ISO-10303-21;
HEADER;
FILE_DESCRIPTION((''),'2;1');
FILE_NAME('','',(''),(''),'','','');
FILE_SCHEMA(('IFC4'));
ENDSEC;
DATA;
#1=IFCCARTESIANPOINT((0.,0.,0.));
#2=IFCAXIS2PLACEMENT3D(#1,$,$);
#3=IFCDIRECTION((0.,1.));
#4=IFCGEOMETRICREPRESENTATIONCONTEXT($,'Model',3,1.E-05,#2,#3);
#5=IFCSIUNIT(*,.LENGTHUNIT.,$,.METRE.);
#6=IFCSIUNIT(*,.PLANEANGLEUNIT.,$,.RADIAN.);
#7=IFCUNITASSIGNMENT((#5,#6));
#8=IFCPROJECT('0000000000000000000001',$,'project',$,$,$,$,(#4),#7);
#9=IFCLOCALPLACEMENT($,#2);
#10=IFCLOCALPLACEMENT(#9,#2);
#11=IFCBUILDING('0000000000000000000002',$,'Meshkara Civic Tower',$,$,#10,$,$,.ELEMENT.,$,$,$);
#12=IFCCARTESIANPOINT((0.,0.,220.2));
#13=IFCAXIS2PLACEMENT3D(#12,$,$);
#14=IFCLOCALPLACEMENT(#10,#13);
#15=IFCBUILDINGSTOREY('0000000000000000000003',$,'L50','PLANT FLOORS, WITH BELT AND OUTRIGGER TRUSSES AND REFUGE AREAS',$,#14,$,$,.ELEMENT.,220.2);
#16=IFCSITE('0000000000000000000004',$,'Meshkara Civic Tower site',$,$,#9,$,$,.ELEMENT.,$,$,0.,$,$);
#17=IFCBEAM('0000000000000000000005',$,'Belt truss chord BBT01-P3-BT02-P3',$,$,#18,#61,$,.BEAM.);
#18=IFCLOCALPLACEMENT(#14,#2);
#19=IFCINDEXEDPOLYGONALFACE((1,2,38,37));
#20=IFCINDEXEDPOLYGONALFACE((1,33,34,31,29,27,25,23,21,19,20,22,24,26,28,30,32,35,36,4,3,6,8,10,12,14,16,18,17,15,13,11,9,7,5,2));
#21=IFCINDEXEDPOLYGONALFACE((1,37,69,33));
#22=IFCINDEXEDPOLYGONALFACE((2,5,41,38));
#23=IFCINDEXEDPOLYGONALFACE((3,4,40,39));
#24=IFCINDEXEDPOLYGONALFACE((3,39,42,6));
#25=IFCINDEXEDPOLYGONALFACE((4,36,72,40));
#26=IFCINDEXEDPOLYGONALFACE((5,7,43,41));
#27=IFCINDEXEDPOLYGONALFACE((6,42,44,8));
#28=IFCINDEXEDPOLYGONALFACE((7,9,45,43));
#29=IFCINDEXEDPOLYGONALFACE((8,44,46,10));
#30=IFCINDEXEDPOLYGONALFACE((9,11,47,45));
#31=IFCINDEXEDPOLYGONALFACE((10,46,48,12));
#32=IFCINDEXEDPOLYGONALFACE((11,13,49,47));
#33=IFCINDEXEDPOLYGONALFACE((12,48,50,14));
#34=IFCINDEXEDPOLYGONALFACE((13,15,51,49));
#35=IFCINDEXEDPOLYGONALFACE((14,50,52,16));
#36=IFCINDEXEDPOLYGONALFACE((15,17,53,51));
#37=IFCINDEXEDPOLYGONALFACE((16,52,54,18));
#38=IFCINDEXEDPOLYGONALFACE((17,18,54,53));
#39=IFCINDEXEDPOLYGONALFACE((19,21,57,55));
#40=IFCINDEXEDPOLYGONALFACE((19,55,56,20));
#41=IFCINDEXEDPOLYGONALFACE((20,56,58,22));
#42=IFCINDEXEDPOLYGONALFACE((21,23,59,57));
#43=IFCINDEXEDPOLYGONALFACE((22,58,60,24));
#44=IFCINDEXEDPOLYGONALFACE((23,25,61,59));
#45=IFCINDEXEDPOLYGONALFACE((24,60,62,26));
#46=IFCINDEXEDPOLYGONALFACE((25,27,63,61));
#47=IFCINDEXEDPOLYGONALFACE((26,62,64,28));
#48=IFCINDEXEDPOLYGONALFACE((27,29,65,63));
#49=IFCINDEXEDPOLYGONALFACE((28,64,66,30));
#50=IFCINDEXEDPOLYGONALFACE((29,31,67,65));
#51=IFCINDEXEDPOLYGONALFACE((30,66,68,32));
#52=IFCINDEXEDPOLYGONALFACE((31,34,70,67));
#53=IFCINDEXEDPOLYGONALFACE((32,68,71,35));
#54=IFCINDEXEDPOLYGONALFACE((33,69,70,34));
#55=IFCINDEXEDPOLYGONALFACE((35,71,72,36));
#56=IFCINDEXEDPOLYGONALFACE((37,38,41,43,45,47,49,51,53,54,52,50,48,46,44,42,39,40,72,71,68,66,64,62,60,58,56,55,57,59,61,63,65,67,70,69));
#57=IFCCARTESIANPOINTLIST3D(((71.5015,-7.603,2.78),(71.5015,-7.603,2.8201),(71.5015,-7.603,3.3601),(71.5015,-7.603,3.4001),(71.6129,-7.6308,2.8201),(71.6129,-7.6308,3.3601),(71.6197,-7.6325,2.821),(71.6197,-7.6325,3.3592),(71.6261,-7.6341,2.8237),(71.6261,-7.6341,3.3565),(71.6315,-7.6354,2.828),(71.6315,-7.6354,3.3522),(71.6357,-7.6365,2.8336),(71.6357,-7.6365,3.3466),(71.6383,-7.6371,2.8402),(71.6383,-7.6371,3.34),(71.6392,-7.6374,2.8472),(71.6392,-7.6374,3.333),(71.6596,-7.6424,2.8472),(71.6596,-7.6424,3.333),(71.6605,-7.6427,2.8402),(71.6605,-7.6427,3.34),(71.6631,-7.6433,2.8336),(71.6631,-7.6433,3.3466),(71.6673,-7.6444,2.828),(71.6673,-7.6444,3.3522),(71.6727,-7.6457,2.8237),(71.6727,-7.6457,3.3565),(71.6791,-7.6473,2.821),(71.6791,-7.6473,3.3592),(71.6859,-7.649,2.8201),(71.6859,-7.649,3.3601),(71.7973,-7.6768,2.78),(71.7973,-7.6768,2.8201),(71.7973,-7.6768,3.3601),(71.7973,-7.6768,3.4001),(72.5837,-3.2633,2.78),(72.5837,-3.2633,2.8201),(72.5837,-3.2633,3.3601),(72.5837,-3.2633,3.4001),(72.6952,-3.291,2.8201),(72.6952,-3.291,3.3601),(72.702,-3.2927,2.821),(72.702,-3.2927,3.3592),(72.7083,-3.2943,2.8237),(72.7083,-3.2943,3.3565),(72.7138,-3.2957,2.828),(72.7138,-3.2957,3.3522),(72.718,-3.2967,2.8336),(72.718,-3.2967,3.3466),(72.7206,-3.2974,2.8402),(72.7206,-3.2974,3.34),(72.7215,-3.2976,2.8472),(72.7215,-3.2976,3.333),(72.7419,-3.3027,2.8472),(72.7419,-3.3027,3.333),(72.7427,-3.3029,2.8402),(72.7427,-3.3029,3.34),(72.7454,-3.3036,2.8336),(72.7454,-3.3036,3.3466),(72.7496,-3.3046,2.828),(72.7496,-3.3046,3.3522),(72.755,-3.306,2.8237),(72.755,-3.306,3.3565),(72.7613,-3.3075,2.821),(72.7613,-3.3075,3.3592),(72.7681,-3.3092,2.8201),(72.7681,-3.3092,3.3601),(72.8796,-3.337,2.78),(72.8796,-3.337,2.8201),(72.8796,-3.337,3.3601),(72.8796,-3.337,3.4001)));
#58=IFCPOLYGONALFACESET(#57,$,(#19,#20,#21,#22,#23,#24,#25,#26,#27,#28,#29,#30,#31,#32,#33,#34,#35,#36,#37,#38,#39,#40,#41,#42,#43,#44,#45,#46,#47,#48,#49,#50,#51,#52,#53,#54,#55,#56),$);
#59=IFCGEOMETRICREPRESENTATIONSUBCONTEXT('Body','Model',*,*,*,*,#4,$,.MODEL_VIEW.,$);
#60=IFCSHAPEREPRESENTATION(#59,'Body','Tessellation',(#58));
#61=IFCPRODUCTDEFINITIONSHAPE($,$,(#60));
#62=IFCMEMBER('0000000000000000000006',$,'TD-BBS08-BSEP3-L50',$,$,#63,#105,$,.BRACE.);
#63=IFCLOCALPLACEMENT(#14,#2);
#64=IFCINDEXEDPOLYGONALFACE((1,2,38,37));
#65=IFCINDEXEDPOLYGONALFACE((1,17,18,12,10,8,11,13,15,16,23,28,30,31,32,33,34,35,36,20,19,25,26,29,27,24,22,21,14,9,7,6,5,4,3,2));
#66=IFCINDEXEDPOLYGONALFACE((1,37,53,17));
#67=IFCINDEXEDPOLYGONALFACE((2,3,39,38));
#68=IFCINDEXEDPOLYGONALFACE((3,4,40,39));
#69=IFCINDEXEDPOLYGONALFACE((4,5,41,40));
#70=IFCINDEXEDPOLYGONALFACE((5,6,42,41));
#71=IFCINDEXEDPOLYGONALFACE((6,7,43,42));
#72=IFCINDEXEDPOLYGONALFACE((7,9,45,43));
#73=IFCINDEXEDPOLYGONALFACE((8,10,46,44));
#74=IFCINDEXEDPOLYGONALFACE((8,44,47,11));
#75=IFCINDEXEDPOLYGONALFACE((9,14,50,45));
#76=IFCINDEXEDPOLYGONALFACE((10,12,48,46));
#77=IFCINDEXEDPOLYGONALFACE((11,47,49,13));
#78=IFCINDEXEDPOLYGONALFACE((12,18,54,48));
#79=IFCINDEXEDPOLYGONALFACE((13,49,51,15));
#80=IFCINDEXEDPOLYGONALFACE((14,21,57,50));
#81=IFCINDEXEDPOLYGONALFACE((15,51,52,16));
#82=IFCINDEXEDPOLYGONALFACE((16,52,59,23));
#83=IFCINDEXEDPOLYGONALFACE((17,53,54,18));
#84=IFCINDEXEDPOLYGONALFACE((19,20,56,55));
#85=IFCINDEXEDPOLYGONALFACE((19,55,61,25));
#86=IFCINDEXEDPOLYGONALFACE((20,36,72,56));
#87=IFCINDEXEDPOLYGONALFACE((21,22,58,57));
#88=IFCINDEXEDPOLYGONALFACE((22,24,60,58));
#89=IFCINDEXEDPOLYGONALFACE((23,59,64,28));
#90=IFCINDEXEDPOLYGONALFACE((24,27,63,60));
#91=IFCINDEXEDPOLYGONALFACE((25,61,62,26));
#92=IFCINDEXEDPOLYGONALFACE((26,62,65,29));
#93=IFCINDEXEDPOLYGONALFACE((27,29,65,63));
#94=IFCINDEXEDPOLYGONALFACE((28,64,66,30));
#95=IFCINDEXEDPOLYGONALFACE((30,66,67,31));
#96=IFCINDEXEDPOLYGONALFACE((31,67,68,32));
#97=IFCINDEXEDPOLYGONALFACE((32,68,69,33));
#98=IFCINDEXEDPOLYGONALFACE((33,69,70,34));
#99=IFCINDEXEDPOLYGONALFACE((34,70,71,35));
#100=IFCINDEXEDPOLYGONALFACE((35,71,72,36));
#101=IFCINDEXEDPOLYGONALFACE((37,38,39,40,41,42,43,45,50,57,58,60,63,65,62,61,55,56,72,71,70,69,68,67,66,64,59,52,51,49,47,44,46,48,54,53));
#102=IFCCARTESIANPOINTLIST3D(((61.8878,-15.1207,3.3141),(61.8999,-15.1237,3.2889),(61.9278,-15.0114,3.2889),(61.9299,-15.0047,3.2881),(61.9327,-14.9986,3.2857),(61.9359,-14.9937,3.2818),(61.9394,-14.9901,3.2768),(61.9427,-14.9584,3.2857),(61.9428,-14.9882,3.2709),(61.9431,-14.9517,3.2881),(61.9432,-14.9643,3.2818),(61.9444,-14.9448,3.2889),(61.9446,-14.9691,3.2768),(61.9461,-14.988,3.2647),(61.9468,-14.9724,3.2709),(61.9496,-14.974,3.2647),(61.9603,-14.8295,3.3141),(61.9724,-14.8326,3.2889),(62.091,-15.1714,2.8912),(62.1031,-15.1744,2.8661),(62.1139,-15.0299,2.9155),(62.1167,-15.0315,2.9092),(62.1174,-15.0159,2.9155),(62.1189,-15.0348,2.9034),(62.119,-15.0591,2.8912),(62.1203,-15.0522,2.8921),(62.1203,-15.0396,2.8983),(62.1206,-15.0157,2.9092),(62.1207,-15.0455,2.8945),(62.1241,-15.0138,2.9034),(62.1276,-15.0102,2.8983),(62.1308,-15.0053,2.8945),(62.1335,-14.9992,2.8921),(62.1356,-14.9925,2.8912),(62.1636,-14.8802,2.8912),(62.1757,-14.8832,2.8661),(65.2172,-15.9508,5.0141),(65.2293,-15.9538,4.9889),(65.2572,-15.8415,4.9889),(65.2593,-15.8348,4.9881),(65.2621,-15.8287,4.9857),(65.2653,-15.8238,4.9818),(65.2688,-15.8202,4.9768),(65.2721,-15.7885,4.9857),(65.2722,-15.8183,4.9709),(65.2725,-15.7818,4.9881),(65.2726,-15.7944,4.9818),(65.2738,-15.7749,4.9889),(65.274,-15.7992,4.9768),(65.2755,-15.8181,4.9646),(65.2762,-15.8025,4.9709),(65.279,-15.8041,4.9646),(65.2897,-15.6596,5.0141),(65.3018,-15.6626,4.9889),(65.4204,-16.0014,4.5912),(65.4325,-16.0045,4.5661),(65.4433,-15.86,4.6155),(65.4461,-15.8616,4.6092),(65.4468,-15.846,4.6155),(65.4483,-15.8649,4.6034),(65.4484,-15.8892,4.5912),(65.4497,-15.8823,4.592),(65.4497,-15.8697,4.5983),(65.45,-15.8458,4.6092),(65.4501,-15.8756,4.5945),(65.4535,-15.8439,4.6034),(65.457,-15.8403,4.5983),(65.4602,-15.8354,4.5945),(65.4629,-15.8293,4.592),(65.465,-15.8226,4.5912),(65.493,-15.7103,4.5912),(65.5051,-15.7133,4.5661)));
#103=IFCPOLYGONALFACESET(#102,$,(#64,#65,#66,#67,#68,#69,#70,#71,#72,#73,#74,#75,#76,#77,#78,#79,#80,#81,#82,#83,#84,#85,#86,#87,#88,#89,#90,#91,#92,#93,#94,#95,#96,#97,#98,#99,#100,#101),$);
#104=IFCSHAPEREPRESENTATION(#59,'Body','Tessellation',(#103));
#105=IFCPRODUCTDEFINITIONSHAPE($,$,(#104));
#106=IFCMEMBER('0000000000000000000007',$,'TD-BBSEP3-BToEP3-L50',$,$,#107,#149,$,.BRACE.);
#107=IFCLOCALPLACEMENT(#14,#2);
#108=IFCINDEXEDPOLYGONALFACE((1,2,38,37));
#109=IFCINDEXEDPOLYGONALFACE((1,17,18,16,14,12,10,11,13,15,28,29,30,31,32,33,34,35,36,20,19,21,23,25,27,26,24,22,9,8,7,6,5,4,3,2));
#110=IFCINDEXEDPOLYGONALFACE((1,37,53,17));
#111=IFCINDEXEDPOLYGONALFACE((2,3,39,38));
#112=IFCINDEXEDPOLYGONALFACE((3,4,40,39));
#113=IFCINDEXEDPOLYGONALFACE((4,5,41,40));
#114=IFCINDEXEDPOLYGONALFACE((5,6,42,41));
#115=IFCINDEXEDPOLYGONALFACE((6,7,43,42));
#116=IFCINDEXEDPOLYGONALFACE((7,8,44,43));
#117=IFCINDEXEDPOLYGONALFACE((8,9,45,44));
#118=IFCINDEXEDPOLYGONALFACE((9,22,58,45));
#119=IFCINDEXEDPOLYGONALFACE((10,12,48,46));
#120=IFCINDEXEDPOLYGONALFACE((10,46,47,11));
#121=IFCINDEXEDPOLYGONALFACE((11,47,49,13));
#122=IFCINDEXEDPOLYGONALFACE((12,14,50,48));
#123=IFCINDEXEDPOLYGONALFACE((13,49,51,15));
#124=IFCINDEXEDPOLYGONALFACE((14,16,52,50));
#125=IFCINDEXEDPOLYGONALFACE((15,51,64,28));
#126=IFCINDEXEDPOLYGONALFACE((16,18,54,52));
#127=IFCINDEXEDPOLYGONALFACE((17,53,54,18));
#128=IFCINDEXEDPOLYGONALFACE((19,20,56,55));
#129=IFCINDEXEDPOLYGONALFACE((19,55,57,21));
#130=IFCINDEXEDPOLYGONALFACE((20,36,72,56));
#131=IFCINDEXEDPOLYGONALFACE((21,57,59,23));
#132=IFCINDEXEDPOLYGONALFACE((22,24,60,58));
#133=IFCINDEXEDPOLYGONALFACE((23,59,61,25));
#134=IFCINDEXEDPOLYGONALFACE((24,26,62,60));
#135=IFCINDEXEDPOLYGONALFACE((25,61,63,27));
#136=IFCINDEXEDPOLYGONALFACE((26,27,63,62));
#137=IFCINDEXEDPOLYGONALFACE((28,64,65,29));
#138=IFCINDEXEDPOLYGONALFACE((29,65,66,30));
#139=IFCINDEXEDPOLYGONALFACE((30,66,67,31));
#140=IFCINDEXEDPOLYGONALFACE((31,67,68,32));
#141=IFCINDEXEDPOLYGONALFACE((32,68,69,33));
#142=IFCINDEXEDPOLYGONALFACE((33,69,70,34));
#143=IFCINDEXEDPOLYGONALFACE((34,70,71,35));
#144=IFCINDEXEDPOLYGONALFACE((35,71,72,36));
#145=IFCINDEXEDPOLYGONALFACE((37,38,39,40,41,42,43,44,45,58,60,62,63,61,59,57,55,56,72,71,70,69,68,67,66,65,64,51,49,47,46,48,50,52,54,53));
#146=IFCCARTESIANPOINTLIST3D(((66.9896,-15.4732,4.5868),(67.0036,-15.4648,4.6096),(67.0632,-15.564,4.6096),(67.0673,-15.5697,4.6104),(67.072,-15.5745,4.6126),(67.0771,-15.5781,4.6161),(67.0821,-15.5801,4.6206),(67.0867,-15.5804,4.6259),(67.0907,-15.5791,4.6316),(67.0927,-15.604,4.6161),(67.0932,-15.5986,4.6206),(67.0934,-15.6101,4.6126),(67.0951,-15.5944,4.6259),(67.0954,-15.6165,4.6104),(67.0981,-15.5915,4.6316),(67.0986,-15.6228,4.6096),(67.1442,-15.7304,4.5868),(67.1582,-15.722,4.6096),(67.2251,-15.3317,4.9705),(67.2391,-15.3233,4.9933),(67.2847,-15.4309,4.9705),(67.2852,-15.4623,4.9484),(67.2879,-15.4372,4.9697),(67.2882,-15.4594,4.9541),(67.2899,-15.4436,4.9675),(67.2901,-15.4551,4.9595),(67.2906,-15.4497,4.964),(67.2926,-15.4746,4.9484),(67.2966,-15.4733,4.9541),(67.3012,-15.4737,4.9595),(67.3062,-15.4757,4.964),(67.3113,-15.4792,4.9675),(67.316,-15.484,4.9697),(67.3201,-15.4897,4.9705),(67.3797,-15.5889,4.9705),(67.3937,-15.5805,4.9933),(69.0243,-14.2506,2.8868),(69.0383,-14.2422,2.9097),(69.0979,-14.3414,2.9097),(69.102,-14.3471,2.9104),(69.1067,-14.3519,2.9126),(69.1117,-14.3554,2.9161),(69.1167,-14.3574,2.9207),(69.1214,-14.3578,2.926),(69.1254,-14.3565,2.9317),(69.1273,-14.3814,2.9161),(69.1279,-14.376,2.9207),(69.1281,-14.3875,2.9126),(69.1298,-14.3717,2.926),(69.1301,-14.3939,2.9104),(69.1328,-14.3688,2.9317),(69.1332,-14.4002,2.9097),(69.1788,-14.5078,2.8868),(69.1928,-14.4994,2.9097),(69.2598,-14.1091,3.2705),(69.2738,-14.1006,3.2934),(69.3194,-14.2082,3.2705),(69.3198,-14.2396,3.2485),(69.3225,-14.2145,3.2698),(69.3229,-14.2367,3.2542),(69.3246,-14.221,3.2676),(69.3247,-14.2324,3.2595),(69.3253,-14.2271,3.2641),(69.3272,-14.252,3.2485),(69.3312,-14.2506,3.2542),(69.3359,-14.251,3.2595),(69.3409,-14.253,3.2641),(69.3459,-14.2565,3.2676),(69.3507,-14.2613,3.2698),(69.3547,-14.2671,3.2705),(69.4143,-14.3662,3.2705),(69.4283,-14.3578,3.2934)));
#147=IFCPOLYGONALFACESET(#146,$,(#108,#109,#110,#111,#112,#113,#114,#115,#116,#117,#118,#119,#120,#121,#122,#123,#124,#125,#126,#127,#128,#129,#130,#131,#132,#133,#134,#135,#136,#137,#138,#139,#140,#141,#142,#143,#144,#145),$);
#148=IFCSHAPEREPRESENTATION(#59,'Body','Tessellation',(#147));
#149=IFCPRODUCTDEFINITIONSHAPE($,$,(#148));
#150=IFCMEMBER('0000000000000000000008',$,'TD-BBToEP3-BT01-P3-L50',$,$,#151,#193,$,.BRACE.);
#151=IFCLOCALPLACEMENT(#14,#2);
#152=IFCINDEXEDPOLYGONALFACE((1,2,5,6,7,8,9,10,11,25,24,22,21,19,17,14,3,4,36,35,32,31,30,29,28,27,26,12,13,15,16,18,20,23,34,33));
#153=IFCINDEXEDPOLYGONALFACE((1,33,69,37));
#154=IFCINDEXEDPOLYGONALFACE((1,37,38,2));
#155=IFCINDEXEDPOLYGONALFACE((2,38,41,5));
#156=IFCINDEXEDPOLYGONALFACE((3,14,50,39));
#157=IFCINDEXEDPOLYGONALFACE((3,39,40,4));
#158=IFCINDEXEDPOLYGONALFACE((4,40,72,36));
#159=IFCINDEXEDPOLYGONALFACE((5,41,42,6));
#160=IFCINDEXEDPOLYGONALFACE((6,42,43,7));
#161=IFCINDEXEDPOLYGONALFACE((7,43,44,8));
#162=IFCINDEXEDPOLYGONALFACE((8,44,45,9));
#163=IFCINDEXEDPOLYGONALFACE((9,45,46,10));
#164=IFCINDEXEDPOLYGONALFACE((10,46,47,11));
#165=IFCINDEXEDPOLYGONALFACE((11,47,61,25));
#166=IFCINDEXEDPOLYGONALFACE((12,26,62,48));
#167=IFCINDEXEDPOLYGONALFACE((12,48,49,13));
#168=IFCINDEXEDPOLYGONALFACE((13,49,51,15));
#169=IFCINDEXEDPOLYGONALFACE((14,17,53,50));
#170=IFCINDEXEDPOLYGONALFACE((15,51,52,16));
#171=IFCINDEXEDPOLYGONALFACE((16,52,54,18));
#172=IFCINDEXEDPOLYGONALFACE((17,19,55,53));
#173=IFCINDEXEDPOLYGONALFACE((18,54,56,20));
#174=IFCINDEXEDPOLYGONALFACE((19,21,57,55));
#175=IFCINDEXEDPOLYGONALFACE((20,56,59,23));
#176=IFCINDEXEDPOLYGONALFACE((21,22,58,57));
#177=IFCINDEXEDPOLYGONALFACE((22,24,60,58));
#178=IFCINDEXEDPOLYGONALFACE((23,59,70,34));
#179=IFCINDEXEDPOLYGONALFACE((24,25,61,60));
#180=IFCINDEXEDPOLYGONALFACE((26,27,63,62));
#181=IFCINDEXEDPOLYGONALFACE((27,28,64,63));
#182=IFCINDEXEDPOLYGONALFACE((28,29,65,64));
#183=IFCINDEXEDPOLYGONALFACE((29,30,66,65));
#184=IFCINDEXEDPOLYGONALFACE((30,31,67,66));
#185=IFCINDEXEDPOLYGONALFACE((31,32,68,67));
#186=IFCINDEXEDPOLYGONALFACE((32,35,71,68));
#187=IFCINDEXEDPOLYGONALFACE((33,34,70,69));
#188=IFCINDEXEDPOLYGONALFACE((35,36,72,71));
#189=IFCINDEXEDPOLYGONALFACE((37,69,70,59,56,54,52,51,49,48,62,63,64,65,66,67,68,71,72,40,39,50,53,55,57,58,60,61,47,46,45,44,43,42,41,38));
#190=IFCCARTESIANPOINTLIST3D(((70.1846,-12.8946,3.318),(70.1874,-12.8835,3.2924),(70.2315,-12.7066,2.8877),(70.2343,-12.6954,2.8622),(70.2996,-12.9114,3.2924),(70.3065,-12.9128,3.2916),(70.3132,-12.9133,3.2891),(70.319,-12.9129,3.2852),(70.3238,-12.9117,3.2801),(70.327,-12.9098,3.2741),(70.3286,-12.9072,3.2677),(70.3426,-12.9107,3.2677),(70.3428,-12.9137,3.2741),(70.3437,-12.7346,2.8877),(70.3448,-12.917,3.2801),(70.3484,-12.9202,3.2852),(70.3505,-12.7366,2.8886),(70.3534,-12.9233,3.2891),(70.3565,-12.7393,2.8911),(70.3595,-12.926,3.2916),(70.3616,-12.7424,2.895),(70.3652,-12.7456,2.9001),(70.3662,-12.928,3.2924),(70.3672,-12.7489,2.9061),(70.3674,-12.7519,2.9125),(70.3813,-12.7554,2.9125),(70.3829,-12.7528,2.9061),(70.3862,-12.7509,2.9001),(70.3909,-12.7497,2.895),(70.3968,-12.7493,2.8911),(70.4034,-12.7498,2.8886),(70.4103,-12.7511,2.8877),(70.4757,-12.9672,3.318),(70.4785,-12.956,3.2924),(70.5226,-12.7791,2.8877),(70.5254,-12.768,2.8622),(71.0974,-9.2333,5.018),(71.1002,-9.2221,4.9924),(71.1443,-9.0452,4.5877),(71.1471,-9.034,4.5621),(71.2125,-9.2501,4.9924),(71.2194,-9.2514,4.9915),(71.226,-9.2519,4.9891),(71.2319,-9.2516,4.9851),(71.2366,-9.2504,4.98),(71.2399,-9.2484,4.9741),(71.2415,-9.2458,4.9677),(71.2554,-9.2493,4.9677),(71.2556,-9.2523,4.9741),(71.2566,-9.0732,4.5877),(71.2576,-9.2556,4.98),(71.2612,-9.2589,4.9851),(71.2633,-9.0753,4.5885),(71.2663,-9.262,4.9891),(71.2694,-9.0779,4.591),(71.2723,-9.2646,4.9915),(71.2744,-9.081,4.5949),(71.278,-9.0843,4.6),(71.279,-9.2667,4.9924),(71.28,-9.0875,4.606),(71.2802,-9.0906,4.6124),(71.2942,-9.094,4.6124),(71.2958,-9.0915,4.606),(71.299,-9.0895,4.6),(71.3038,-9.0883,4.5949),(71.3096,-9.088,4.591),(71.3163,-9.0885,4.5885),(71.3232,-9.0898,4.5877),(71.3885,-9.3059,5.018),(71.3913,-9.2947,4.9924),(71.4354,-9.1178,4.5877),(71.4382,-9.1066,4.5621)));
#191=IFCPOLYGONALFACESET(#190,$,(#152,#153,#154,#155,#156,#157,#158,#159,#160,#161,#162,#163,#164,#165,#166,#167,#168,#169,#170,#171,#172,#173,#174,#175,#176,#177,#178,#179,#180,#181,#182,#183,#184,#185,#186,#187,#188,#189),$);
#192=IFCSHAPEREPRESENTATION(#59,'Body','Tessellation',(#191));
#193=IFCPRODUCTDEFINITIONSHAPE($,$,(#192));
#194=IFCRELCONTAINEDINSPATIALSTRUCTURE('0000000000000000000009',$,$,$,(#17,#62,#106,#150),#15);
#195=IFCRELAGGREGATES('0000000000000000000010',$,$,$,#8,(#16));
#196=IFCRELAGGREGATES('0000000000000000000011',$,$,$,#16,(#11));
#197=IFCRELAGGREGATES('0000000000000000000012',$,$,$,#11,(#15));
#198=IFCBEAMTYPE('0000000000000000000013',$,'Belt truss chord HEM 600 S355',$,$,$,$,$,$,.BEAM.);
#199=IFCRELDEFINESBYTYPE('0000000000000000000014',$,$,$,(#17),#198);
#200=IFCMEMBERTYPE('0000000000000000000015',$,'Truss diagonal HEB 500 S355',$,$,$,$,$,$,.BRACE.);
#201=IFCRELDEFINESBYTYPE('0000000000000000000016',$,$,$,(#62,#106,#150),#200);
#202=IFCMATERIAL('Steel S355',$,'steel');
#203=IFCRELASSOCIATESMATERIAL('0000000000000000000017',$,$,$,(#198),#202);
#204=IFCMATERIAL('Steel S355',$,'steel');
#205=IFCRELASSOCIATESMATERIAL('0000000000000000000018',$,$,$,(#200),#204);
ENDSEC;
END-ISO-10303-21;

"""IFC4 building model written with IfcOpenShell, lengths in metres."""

from ifc_helpers import new_model, si_unit, direction, frame, origin, origin_2d, place, context, subcontext, project, spatial, i_section, extrude, material, material_profile, profile_set, type_object, element, save


model = new_model("IFC4")

# Units and contexts
model_context = context("Model", 3, precision=1e-05, world=origin(), true_north=direction((0.0, 1.0)))
body_context = subcontext(model_context, "Body", "Model", "MODEL_VIEW")
ifc_project = project(units=[si_unit("LENGTHUNIT", "METRE"), si_unit("PLANEANGLEUNIT", "RADIAN")], contexts=[model_context])

# Site, building, storey
site_placement = place(None, origin())
site = spatial("IfcSite", under=ifc_project, at=site_placement, Name="Meshkara Civic Tower site", CompositionType="ELEMENT", RefElevation=0.0)
building_placement = place(site_placement, origin())
building = spatial("IfcBuilding", under=site, at=building_placement, Name="Meshkara Civic Tower", CompositionType="ELEMENT")
storey_placement = place(building_placement, frame((0.0, 0.0, 220.2)))
storey = spatial("IfcBuildingStorey", under=building, at=storey_placement, Name="L50", Description="PLANT FLOORS, WITH BELT AND OUTRIGGER TRUSSES AND REFUGE AREAS", CompositionType="ELEMENT", Elevation=220.2)

# Beam
ifc_material_1 = material(Name="Steel S355", Category="steel")
ifc_material_profile_1 = material_profile(ifc_material_1, i_section(OverallWidth=0.3049, OverallDepth=0.6201, WebThickness=0.021, FlangeThickness=0.04, FilletRadius=0.0271, at=origin_2d()))
ifc_profile_set_1 = profile_set([ifc_material_profile_1], Name="Steel S355")
beam_type = type_object("IfcBeamType", Name="Belt truss chord HEM 600 S355", PredefinedType="BEAM", material=ifc_profile_set_1)
for number, where, z_axis, x_axis, name in (
    (1, (71.6494, -7.6399, 3.0901), (0.24197, 0.970284, 0.0), (-0.970284, 0.24197, 0.0), "Belt truss chord BBT01-P3-BT02-P3"),
):
    element("IfcBeam", number, at=place(storey_placement, frame(where, z_axis=z_axis, x_axis=x_axis)), inside=storey, type_object=beam_type, Name=name, PredefinedType="BEAM", context=body_context, shape_type="SweptSolid", body=[
        extrude(i_section(OverallWidth=0.3049, OverallDepth=0.6201, WebThickness=0.021, FlangeThickness=0.04, FilletRadius=0.0271, at=origin_2d()), origin(), (0.0, 0.0, 1.0), 4.4727),
    ])

# Members
ifc_material_2 = material(Name="Steel S355", Category="steel")
ifc_material_profile_2 = material_profile(ifc_material_2, i_section(OverallWidth=0.3, OverallDepth=0.5, WebThickness=0.0144, FlangeThickness=0.0281, FilletRadius=0.0271, at=origin_2d()))
ifc_profile_set_2 = profile_set([ifc_material_profile_2], Name="Steel S355")
member_type = type_object("IfcMemberType", Name="Truss diagonal HEB 500 S355", PredefinedType="BRACE", material=ifc_profile_set_2)
member_1_placement = place(storey_placement, frame((62.0317, -15.002, 3.0901), z_axis=(0.869444, -0.216771, 0.443935), x_axis=(0.241916, 0.970297, 0.0)))
element("IfcMember", 2, at=member_1_placement, inside=storey, type_object=member_type, Name="TD-BBS08-BSEP3-L50", PredefinedType="BRACE", context=body_context, shape_type="SweptSolid", body=[
    extrude(i_section(OverallWidth=0.3, OverallDepth=0.5, WebThickness=0.0144, FlangeThickness=0.0281, FilletRadius=0.0271, at=origin_2d()), origin(), (0.0, 0.0, 1.0), 3.8293),
])
member_2_placement = place(storey_placement, frame((67.1917, -15.5269, 4.79), z_axis=(0.696878, 0.418762, -0.582237), x_axis=(-0.51507, 0.857148, 0.0)))
element("IfcMember", 3, at=member_2_placement, inside=storey, type_object=member_type, Name="TD-BBSEP3-BToEP3-L50", PredefinedType="BRACE", context=body_context, shape_type="SweptSolid", body=[
    extrude(i_section(OverallWidth=0.3, OverallDepth=0.5, WebThickness=0.0144, FlangeThickness=0.0281, FilletRadius=0.0271, at=origin_2d()), origin(), (0.0, 0.0, 1.0), 2.9197),
])
member_3_placement = place(storey_placement, frame((70.355, -12.8313, 3.0901), z_axis=(0.220563, 0.884669, 0.410746), x_axis=(-0.970298, 0.241911, 0.0)))
element("IfcMember", 4, at=member_3_placement, inside=storey, type_object=member_type, Name="TD-BBToEP3-BT01-P3-L50", PredefinedType="BRACE", context=body_context, shape_type="SweptSolid", body=[
    extrude(i_section(OverallWidth=0.3, OverallDepth=0.5, WebThickness=0.0144, FlangeThickness=0.0281, FilletRadius=0.0271, at=origin_2d()), origin(), (0.0, 0.0, 1.0), 4.1387),
])

save(model, "model.ifc")
